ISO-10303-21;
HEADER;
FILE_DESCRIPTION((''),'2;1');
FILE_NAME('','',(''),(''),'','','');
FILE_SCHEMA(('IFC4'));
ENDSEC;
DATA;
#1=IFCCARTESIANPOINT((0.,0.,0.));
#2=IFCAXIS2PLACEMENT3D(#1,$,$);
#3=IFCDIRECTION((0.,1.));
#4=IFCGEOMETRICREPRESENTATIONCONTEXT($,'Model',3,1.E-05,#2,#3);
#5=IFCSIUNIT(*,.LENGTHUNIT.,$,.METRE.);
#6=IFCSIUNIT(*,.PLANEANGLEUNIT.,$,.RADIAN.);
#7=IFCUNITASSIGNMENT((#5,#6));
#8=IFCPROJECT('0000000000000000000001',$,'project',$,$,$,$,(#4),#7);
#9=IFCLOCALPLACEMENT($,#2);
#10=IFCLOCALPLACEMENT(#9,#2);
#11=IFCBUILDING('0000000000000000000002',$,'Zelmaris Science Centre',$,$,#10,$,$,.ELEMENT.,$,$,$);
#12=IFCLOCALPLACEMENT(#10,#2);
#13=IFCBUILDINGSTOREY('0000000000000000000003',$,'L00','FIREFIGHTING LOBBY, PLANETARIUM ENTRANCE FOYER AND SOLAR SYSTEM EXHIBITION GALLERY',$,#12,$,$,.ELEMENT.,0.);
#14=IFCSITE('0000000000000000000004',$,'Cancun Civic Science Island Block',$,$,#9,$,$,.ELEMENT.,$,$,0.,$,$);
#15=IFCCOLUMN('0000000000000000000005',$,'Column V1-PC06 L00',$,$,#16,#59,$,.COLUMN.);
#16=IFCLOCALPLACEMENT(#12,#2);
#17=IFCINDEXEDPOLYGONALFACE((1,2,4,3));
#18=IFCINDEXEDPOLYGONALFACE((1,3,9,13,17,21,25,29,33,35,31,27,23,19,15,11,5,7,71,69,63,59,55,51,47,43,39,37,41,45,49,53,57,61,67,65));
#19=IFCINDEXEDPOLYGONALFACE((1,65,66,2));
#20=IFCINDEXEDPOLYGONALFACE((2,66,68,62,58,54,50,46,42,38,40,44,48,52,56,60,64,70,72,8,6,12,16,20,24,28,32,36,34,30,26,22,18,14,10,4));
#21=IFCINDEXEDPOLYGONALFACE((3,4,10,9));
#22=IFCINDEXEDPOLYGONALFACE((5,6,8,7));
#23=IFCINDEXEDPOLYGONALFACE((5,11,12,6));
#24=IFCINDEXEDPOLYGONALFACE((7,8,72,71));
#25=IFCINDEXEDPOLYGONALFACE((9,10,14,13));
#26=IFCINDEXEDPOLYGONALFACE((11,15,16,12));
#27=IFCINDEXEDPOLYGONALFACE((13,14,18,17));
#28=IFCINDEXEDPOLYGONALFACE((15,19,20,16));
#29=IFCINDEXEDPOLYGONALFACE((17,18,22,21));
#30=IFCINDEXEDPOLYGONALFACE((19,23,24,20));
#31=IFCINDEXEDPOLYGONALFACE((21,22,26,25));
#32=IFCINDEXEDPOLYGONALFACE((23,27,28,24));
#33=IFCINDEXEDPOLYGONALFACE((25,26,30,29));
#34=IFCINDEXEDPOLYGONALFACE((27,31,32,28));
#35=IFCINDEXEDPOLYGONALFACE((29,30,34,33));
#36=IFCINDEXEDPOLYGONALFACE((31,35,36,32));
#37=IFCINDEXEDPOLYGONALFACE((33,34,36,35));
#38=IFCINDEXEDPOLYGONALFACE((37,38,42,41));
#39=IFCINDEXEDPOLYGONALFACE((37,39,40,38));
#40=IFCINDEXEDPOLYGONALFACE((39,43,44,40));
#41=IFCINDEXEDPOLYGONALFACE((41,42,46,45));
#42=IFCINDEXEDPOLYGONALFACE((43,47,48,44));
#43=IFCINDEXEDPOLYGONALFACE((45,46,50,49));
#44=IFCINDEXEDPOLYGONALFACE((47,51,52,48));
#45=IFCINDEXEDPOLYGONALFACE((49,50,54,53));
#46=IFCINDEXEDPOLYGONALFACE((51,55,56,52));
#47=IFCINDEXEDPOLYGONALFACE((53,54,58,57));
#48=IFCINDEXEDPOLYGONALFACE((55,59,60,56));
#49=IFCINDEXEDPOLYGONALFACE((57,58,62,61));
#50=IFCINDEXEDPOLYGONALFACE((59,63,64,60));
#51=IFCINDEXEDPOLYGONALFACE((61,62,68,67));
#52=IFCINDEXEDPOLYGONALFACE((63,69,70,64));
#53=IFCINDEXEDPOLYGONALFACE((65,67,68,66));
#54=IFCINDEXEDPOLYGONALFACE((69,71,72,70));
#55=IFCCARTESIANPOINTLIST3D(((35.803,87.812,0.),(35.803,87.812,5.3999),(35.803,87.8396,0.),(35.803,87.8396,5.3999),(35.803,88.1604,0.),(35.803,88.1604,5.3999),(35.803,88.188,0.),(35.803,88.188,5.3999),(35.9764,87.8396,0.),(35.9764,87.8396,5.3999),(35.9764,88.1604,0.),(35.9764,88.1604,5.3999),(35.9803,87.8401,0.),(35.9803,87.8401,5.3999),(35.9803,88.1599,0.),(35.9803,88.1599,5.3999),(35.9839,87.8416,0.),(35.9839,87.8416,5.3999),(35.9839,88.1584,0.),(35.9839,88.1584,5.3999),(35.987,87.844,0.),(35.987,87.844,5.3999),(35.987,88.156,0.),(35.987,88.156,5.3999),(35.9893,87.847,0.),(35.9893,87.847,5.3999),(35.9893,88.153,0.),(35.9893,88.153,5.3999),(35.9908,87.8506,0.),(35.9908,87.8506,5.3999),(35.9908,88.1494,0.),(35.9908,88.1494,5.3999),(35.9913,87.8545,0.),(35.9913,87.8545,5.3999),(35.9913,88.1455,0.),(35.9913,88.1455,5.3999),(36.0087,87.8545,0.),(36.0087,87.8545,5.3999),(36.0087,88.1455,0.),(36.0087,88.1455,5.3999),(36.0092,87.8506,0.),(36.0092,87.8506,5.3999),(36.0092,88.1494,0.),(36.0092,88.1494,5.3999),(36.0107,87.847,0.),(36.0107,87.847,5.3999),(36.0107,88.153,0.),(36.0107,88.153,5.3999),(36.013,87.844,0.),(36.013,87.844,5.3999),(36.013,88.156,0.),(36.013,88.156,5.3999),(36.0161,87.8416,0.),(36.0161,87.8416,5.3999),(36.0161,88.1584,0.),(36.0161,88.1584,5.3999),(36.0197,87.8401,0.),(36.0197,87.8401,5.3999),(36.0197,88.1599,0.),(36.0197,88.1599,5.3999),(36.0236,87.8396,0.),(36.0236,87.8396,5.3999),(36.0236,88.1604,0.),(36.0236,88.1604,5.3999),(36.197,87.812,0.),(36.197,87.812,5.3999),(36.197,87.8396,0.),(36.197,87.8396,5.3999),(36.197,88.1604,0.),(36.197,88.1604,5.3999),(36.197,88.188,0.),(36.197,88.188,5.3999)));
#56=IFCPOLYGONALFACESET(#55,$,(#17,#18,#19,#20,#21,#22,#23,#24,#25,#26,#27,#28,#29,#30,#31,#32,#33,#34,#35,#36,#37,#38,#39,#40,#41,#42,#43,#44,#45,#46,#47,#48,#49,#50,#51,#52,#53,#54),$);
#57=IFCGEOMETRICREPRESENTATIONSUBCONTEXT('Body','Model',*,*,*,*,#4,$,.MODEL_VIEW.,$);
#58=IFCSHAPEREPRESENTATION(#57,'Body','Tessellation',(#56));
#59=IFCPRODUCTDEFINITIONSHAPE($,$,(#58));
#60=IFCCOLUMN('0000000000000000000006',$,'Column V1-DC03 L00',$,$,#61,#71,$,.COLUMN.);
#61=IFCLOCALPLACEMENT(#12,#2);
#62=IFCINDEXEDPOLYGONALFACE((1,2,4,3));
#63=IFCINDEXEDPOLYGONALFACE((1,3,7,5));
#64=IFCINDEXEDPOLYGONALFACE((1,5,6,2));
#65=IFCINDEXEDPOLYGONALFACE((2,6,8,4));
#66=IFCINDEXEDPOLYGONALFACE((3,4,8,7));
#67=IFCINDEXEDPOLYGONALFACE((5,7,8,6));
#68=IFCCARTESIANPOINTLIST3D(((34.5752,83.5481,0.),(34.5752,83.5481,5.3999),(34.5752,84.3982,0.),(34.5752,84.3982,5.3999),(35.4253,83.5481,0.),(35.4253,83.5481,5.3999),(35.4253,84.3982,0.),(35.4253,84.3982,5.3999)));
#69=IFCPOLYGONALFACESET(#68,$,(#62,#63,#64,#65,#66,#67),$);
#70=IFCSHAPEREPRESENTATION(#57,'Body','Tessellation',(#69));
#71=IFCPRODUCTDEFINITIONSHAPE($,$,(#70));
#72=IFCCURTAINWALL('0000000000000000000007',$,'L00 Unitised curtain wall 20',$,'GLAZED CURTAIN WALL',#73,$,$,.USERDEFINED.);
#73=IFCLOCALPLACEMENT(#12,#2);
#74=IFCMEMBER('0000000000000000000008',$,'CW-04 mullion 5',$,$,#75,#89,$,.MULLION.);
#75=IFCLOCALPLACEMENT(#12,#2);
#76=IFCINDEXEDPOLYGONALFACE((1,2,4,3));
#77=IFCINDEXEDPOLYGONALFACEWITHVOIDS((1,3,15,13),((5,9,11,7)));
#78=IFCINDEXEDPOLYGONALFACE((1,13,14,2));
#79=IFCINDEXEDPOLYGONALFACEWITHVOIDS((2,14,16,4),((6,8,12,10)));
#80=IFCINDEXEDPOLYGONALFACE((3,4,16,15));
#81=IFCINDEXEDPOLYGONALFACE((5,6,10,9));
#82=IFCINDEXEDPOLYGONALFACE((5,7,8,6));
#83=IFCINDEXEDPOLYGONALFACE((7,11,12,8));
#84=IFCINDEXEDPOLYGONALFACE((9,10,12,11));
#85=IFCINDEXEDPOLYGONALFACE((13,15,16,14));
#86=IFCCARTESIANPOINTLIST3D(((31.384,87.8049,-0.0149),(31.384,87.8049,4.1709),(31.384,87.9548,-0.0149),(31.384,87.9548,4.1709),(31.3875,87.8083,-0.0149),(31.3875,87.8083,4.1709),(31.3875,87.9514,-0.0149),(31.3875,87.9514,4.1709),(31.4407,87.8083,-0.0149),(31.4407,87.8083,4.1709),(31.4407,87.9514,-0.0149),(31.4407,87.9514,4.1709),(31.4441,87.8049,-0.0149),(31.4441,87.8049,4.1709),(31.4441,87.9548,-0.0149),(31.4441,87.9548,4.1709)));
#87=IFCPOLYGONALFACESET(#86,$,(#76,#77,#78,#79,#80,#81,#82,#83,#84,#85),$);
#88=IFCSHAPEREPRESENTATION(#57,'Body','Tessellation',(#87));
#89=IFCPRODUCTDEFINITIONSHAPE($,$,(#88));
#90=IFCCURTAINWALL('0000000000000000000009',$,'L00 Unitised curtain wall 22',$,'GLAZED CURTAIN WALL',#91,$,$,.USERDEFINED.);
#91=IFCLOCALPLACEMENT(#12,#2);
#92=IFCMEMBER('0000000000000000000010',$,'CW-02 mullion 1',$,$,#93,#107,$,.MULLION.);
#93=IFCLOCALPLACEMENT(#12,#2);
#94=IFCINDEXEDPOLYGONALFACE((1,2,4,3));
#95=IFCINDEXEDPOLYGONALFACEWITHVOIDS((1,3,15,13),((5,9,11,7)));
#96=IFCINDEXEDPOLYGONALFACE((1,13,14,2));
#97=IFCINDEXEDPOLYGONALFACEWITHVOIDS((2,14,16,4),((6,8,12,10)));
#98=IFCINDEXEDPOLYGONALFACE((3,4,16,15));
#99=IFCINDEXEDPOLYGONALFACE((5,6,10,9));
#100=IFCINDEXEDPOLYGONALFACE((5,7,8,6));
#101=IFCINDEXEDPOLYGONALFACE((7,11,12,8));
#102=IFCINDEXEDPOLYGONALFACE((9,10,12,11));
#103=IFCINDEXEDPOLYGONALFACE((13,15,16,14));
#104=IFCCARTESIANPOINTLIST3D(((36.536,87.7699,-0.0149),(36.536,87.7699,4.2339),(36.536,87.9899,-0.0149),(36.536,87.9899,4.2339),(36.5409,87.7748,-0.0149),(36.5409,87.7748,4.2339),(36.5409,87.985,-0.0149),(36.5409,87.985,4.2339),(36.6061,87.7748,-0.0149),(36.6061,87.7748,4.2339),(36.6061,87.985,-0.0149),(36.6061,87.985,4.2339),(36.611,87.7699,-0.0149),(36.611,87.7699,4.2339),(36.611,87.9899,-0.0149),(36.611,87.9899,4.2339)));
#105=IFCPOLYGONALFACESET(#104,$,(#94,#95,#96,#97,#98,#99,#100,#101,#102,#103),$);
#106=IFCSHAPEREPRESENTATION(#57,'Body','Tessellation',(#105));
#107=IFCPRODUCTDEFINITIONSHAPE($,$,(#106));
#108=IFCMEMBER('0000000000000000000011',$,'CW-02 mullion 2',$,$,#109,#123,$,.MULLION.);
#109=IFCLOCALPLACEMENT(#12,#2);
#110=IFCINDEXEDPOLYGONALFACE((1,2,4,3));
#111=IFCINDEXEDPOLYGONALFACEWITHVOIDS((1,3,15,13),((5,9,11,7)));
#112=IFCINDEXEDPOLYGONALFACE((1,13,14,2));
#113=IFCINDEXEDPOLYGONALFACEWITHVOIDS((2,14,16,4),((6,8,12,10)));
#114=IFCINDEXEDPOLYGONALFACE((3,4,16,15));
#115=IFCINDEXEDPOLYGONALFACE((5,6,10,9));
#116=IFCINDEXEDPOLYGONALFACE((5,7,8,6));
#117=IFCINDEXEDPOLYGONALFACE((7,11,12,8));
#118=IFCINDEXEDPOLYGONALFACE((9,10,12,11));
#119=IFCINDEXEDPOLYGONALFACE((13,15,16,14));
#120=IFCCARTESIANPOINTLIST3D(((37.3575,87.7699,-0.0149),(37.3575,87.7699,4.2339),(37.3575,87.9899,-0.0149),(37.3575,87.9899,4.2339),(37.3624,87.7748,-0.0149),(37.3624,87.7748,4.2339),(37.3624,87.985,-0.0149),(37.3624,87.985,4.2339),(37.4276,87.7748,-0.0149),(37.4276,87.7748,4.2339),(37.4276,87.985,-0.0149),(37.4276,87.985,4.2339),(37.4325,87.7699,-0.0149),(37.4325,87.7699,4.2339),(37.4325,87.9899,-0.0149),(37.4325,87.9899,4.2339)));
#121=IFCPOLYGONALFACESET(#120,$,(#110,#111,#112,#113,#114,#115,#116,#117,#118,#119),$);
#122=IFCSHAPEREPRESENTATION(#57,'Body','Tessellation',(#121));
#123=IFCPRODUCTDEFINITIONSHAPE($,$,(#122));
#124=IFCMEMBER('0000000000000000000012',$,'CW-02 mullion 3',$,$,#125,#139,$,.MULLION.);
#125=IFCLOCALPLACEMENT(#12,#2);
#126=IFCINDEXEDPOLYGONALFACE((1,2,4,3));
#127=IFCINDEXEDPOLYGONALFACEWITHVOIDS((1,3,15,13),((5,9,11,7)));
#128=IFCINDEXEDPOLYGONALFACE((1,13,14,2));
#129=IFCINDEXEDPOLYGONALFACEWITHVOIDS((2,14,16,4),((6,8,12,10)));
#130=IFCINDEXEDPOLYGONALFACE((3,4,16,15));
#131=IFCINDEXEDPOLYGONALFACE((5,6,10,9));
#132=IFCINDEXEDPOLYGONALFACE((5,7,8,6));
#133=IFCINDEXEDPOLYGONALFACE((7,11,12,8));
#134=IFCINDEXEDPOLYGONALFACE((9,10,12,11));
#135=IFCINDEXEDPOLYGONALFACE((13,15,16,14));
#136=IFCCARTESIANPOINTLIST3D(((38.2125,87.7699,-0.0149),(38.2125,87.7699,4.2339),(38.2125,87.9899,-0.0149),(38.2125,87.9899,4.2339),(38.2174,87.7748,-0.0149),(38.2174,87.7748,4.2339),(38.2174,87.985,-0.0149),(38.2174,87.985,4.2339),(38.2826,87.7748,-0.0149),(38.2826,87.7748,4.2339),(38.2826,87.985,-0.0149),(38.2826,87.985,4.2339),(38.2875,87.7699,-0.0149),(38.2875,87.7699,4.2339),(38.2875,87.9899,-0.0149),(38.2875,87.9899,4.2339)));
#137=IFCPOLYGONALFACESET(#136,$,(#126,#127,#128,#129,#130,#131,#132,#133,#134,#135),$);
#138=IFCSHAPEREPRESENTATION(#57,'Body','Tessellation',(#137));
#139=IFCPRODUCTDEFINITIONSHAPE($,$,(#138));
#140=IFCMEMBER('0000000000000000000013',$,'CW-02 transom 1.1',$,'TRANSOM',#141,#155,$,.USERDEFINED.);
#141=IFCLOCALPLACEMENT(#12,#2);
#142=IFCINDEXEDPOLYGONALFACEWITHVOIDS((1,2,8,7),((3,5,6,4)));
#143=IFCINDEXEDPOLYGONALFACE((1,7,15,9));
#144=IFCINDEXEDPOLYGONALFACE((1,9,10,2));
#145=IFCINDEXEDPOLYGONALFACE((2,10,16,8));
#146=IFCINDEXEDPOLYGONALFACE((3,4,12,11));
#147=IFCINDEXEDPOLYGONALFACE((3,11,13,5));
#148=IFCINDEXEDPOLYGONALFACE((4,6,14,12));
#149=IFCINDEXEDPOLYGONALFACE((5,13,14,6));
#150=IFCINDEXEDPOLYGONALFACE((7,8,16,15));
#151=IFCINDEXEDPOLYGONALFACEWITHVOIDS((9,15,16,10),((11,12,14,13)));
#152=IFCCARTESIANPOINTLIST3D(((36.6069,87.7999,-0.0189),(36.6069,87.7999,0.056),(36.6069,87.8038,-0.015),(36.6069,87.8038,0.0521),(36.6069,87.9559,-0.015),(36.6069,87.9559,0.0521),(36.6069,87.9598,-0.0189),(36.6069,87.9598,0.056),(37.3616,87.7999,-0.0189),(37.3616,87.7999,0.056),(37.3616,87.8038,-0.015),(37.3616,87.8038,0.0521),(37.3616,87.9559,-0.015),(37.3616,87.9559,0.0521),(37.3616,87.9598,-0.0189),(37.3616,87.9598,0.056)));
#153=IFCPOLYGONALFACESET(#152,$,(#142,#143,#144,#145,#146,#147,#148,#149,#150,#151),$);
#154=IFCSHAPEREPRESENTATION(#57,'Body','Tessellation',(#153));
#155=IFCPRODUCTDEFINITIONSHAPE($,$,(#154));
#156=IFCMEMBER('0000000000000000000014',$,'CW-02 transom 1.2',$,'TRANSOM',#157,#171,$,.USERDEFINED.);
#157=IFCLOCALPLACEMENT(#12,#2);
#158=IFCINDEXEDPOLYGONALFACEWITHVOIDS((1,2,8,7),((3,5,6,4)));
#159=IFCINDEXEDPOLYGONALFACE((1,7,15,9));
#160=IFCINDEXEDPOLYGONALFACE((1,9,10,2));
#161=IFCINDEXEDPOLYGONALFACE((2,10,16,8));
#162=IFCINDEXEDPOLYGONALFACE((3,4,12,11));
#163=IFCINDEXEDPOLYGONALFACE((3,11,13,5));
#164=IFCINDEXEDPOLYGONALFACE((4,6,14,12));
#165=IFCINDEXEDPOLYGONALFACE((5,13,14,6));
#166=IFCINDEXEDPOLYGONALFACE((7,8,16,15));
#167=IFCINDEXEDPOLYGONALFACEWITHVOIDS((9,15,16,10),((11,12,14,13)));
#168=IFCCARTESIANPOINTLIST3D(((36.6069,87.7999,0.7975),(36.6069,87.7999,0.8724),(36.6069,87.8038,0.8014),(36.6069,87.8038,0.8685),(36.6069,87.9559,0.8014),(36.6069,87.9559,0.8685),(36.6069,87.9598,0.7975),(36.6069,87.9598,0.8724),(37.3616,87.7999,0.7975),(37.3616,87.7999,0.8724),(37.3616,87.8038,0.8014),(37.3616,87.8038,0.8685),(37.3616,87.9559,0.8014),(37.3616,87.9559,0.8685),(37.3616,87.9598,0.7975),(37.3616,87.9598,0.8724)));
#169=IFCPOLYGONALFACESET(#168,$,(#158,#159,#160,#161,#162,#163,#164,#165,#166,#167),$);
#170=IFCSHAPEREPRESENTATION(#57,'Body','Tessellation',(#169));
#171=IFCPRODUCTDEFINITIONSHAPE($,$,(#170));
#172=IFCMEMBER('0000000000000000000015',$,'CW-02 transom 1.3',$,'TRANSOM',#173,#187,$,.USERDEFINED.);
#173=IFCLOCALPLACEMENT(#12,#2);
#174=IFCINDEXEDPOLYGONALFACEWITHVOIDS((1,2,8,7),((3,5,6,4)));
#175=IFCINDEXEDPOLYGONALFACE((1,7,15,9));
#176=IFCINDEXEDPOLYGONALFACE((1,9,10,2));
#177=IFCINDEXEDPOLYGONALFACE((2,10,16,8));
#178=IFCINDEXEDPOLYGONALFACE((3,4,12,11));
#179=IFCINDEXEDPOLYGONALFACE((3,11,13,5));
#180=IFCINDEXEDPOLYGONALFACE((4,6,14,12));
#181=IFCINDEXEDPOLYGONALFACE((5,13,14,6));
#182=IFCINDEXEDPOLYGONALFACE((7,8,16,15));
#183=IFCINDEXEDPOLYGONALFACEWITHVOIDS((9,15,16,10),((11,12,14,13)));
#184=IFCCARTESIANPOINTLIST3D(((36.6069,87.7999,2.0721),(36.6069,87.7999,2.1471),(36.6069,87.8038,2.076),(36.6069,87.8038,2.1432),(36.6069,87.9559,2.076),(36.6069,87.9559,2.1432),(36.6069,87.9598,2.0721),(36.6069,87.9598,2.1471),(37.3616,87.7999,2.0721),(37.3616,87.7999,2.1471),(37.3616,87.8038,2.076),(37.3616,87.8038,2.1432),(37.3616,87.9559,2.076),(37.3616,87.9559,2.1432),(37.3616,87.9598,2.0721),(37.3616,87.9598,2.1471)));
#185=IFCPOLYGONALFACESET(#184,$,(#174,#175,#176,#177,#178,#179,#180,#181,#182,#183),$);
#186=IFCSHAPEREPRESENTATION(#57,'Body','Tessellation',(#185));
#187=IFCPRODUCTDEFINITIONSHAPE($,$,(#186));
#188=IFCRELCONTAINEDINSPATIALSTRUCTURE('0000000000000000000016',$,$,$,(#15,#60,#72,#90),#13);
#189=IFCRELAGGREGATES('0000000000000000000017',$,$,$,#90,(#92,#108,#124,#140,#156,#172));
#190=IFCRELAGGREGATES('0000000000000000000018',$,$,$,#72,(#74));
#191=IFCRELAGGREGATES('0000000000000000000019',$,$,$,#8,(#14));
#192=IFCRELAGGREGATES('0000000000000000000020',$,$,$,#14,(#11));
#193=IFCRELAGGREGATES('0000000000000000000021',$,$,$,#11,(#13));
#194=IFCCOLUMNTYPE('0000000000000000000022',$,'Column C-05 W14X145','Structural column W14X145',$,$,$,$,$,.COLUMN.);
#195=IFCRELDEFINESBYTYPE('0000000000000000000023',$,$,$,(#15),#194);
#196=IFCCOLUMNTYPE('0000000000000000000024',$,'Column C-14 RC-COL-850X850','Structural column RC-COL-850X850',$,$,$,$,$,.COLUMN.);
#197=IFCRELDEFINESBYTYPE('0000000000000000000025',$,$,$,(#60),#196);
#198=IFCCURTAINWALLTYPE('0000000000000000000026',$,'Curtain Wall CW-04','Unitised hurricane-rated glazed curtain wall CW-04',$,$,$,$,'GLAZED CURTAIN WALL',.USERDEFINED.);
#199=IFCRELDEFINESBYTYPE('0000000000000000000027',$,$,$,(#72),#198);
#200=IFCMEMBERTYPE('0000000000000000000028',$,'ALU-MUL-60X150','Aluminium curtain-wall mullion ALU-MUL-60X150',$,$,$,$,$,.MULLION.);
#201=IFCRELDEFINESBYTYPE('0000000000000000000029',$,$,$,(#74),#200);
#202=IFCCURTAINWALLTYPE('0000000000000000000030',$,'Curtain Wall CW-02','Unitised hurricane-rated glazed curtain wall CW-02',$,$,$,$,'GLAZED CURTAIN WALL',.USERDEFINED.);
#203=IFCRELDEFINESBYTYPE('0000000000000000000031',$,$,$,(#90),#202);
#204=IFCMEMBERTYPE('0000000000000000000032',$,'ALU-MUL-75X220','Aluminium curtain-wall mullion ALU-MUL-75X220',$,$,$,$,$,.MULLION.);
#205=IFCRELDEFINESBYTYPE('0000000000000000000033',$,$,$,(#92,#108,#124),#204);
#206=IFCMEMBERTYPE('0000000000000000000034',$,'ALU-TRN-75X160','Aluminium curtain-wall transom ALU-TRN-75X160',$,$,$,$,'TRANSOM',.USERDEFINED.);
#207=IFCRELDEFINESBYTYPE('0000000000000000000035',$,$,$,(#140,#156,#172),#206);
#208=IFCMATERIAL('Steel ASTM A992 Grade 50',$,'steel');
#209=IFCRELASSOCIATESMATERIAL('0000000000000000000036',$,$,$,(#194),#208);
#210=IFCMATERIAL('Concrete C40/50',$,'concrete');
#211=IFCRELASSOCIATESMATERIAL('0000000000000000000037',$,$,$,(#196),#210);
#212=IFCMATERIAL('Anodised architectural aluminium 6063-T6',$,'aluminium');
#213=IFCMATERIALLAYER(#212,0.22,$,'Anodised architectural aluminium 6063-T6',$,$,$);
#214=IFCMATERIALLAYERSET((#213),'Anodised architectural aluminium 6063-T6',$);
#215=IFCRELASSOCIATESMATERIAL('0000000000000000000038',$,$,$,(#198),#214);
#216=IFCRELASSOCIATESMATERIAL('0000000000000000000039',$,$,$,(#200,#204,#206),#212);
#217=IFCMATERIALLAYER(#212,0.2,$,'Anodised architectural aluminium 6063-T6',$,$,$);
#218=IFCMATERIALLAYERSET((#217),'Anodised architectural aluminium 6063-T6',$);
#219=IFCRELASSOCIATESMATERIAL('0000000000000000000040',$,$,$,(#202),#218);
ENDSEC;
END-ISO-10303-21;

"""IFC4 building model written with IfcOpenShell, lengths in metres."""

from ifc_helpers import new_model, si_unit, direction, frame, origin, origin_2d, place, context, subcontext, project, spatial, rectangle, hollow_rectangle, i_section, extrude, material, layer, layer_set, material_profile, profile_set, type_object, element, aggregate, save


model = new_model("IFC4")

# Units and contexts
model_context = context("Model", 3, precision=1e-05, world=origin(), true_north=direction((0.0, 1.0)))
body_context = subcontext(model_context, "Body", "Model", "MODEL_VIEW")
ifc_project = project(units=[si_unit("LENGTHUNIT", "METRE"), si_unit("PLANEANGLEUNIT", "RADIAN")], contexts=[model_context])

# Site, building, storey
site_placement = place(None, origin())
site = spatial("IfcSite", under=ifc_project, at=site_placement, Name="Cancun Civic Science Island Block", CompositionType="ELEMENT", RefElevation=0.0)
building_placement = place(site_placement, origin())
building = spatial("IfcBuilding", under=site, at=building_placement, Name="Zelmaris Science Centre", CompositionType="ELEMENT")
storey_placement = place(building_placement, origin())
storey = spatial("IfcBuildingStorey", under=building, at=storey_placement, Name="L00", Description="FIREFIGHTING LOBBY, PLANETARIUM ENTRANCE FOYER AND SOLAR SYSTEM EXHIBITION GALLERY", CompositionType="ELEMENT", Elevation=0.0)

# Columns
ifc_material_1 = material(Name="Steel ASTM A992 Grade 50", Category="steel")
ifc_material_profile_1 = material_profile(ifc_material_1, i_section(OverallWidth=0.394, OverallDepth=0.376, WebThickness=0.0173, FlangeThickness=0.0276, FilletRadius=0.0149, at=origin_2d()), Name="W14X145")
ifc_profile_set_1 = profile_set([ifc_material_profile_1], Name="Steel ASTM A992 Grade 50")
column_type_1 = type_object("IfcColumnType", Name="Column C-05 W14X145", Description="Structural column W14X145", PredefinedType="COLUMN", material=ifc_profile_set_1)
column_1_placement = place(storey_placement, frame((36.0, 88.0, 0.0), z_axis=(0.0, 0.0, 1.0), x_axis=(1.0, 0.0, 0.0)))
element("IfcColumn", 1, at=column_1_placement, inside=storey, type_object=column_type_1, Name="Column V1-PC06 L00", PredefinedType="COLUMN", context=body_context, shape_type="SweptSolid", body=[
    extrude(i_section(OverallWidth=0.394, OverallDepth=0.376, WebThickness=0.0173, FlangeThickness=0.0276, FilletRadius=0.0149, at=origin_2d()), origin(), (0.0, 0.0, 1.0), 5.3999),
])
ifc_material_2 = material(Name="Concrete C40/50", Category="concrete")
ifc_material_profile_2 = material_profile(ifc_material_2, rectangle(XDim=0.8501, YDim=0.8501, at=origin_2d()), Name="RC-COL-850X850")
ifc_profile_set_2 = profile_set([ifc_material_profile_2], Name="Concrete C40/50")
column_type_2 = type_object("IfcColumnType", Name="Column C-14 RC-COL-850X850", Description="Structural column RC-COL-850X850", PredefinedType="COLUMN", material=ifc_profile_set_2)
column_2_placement = place(storey_placement, frame((35.0002, 83.9731, 0.0), z_axis=(0.0, 0.0, 1.0), x_axis=(1.0, 0.0, 0.0)))
element("IfcColumn", 2, at=column_2_placement, inside=storey, type_object=column_type_2, Name="Column V1-DC03 L00", PredefinedType="COLUMN", context=body_context, shape_type="SweptSolid", body=[
    extrude(rectangle(XDim=0.8501, YDim=0.8501, at=origin_2d()), origin(), (0.0, 0.0, 1.0), 5.3999),
])

# Curtain wall, member
ifc_material_3 = material(Name="Anodised architectural aluminium 6063-T6", Category="aluminium")
ifc_layer_1 = layer(ifc_material_3, 0.22, Name="Anodised architectural aluminium 6063-T6")
ifc_layer_set_1 = layer_set([ifc_layer_1], Name="Anodised architectural aluminium 6063-T6")
curtain_wall_type_1 = type_object("IfcCurtainWallType", Name="Curtain Wall CW-04", Description="Unitised hurricane-rated glazed curtain wall CW-04", ElementType="GLAZED CURTAIN WALL", PredefinedType="USERDEFINED", material=ifc_layer_set_1)
curtain_wall_1_placement = place(storey_placement, origin())
curtain_wall_1 = element("IfcCurtainWall", 3, at=curtain_wall_1_placement, inside=storey, type_object=curtain_wall_type_1, Name="L00 Unitised curtain wall 20", ObjectType="GLAZED CURTAIN WALL", PredefinedType="USERDEFINED")
ifc_material_profile_3 = material_profile(ifc_material_3, hollow_rectangle(XDim=0.0601, YDim=0.1499, WallThickness=0.0034, at=origin_2d()), Name="ALU-MUL-60X150")
ifc_profile_set_3 = profile_set([ifc_material_profile_3], Name="Anodised architectural aluminium 6063-T6")
member_type_1 = type_object("IfcMemberType", Name="ALU-MUL-60X150", Description="Aluminium curtain-wall mullion ALU-MUL-60X150", PredefinedType="MULLION", material=ifc_profile_set_3)
member_1_placement = place(storey_placement, frame((31.4141, 87.8799, -0.0149), z_axis=(0.0, 0.0, 1.0), x_axis=(1.0, 0.0, 0.0)))
member_1 = element("IfcMember", 4, at=member_1_placement, type_object=member_type_1, Name="CW-04 mullion 5", PredefinedType="MULLION", context=body_context, shape_type="SweptSolid", body=[
    extrude(hollow_rectangle(XDim=0.0601, YDim=0.1499, WallThickness=0.0034, at=origin_2d()), origin(), (0.0, 0.0, 1.0), 4.1858),
])

# Curtain wall, members
ifc_layer_2 = layer(ifc_material_3, 0.2, Name="Anodised architectural aluminium 6063-T6")
ifc_layer_set_2 = layer_set([ifc_layer_2], Name="Anodised architectural aluminium 6063-T6")
curtain_wall_type_2 = type_object("IfcCurtainWallType", Name="Curtain Wall CW-02", Description="Unitised hurricane-rated glazed curtain wall CW-02", ElementType="GLAZED CURTAIN WALL", PredefinedType="USERDEFINED", material=ifc_layer_set_2)
curtain_wall_2_placement = place(storey_placement, origin())
curtain_wall_2 = element("IfcCurtainWall", 5, at=curtain_wall_2_placement, inside=storey, type_object=curtain_wall_type_2, Name="L00 Unitised curtain wall 22", ObjectType="GLAZED CURTAIN WALL", PredefinedType="USERDEFINED")
ifc_material_profile_4 = material_profile(ifc_material_3, hollow_rectangle(XDim=0.075, YDim=0.22, WallThickness=0.0049, at=origin_2d()), Name="ALU-MUL-75X220")
ifc_profile_set_4 = profile_set([ifc_material_profile_4], Name="Anodised architectural aluminium 6063-T6")
member_type_2 = type_object("IfcMemberType", Name="ALU-MUL-75X220", Description="Aluminium curtain-wall mullion ALU-MUL-75X220", PredefinedType="MULLION", material=ifc_profile_set_4)
member_2_placement = place(storey_placement, frame((36.5735, 87.8799, -0.0149), z_axis=(0.0, 0.0, 1.0), x_axis=(1.0, 0.0, 0.0)))
member_2 = element("IfcMember", 6, at=member_2_placement, type_object=member_type_2, Name="CW-02 mullion 1", PredefinedType="MULLION", context=body_context, shape_type="SweptSolid", body=[
    extrude(hollow_rectangle(XDim=0.075, YDim=0.22, WallThickness=0.0049, at=origin_2d()), origin(), (0.0, 0.0, 1.0), 4.2488),
])
member_3_placement = place(storey_placement, frame((37.395, 87.8799, -0.0149), z_axis=(0.0, 0.0, 1.0), x_axis=(1.0, 0.0, 0.0)))
member_3 = element("IfcMember", 7, at=member_3_placement, type_object=member_type_2, Name="CW-02 mullion 2", PredefinedType="MULLION", context=body_context, shape_type="SweptSolid", body=[
    extrude(hollow_rectangle(XDim=0.075, YDim=0.22, WallThickness=0.0049, at=origin_2d()), origin(), (0.0, 0.0, 1.0), 4.2488),
])
member_4_placement = place(storey_placement, frame((38.25, 87.8799, -0.0149), z_axis=(0.0, 0.0, 1.0), x_axis=(1.0, 0.0, 0.0)))
member_4 = element("IfcMember", 8, at=member_4_placement, type_object=member_type_2, Name="CW-02 mullion 3", PredefinedType="MULLION", context=body_context, shape_type="SweptSolid", body=[
    extrude(hollow_rectangle(XDim=0.075, YDim=0.22, WallThickness=0.0049, at=origin_2d()), origin(), (0.0, 0.0, 1.0), 4.2488),
])
ifc_material_profile_5 = material_profile(ifc_material_3, hollow_rectangle(XDim=0.075, YDim=0.1599, WallThickness=0.0039, at=origin_2d()), Name="ALU-TRN-75X160")
ifc_profile_set_5 = profile_set([ifc_material_profile_5], Name="Anodised architectural aluminium 6063-T6")
member_type_3 = type_object("IfcMemberType", Name="ALU-TRN-75X160", Description="Aluminium curtain-wall transom ALU-TRN-75X160", ElementType="TRANSOM", PredefinedType="USERDEFINED", material=ifc_profile_set_5)
member_5_placement = place(storey_placement, frame((36.6069, 87.8799, 0.0186), z_axis=(1.0, 0.0, 0.0), x_axis=(0.0, 0.0, 1.0)))
member_5 = element("IfcMember", 9, at=member_5_placement, type_object=member_type_3, Name="CW-02 transom 1.1", ObjectType="TRANSOM", PredefinedType="USERDEFINED", context=body_context, shape_type="SweptSolid", body=[
    extrude(hollow_rectangle(XDim=0.075, YDim=0.1599, WallThickness=0.0039, at=origin_2d()), origin(), (0.0, 0.0, 1.0), 0.7546),
])
member_6_placement = place(storey_placement, frame((36.6069, 87.8799, 0.835), z_axis=(1.0, 0.0, 0.0), x_axis=(0.0, 0.0, 1.0)))
member_6 = element("IfcMember", 10, at=member_6_placement, type_object=member_type_3, Name="CW-02 transom 1.2", ObjectType="TRANSOM", PredefinedType="USERDEFINED", context=body_context, shape_type="SweptSolid", body=[
    extrude(hollow_rectangle(XDim=0.075, YDim=0.1599, WallThickness=0.0039, at=origin_2d()), origin(), (0.0, 0.0, 1.0), 0.7546),
])
member_7_placement = place(storey_placement, frame((36.6069, 87.8799, 2.1096), z_axis=(1.0, 0.0, 0.0), x_axis=(0.0, 0.0, 1.0)))
member_7 = element("IfcMember", 11, at=member_7_placement, type_object=member_type_3, Name="CW-02 transom 1.3", ObjectType="TRANSOM", PredefinedType="USERDEFINED", context=body_context, shape_type="SweptSolid", body=[
    extrude(hollow_rectangle(XDim=0.075, YDim=0.1599, WallThickness=0.0039, at=origin_2d()), origin(), (0.0, 0.0, 1.0), 0.7546),
])

aggregate(curtain_wall_2, [member_2, member_3, member_4, member_5, member_6, member_7])
aggregate(curtain_wall_1, [member_1])

save(model, "model.ifc")
